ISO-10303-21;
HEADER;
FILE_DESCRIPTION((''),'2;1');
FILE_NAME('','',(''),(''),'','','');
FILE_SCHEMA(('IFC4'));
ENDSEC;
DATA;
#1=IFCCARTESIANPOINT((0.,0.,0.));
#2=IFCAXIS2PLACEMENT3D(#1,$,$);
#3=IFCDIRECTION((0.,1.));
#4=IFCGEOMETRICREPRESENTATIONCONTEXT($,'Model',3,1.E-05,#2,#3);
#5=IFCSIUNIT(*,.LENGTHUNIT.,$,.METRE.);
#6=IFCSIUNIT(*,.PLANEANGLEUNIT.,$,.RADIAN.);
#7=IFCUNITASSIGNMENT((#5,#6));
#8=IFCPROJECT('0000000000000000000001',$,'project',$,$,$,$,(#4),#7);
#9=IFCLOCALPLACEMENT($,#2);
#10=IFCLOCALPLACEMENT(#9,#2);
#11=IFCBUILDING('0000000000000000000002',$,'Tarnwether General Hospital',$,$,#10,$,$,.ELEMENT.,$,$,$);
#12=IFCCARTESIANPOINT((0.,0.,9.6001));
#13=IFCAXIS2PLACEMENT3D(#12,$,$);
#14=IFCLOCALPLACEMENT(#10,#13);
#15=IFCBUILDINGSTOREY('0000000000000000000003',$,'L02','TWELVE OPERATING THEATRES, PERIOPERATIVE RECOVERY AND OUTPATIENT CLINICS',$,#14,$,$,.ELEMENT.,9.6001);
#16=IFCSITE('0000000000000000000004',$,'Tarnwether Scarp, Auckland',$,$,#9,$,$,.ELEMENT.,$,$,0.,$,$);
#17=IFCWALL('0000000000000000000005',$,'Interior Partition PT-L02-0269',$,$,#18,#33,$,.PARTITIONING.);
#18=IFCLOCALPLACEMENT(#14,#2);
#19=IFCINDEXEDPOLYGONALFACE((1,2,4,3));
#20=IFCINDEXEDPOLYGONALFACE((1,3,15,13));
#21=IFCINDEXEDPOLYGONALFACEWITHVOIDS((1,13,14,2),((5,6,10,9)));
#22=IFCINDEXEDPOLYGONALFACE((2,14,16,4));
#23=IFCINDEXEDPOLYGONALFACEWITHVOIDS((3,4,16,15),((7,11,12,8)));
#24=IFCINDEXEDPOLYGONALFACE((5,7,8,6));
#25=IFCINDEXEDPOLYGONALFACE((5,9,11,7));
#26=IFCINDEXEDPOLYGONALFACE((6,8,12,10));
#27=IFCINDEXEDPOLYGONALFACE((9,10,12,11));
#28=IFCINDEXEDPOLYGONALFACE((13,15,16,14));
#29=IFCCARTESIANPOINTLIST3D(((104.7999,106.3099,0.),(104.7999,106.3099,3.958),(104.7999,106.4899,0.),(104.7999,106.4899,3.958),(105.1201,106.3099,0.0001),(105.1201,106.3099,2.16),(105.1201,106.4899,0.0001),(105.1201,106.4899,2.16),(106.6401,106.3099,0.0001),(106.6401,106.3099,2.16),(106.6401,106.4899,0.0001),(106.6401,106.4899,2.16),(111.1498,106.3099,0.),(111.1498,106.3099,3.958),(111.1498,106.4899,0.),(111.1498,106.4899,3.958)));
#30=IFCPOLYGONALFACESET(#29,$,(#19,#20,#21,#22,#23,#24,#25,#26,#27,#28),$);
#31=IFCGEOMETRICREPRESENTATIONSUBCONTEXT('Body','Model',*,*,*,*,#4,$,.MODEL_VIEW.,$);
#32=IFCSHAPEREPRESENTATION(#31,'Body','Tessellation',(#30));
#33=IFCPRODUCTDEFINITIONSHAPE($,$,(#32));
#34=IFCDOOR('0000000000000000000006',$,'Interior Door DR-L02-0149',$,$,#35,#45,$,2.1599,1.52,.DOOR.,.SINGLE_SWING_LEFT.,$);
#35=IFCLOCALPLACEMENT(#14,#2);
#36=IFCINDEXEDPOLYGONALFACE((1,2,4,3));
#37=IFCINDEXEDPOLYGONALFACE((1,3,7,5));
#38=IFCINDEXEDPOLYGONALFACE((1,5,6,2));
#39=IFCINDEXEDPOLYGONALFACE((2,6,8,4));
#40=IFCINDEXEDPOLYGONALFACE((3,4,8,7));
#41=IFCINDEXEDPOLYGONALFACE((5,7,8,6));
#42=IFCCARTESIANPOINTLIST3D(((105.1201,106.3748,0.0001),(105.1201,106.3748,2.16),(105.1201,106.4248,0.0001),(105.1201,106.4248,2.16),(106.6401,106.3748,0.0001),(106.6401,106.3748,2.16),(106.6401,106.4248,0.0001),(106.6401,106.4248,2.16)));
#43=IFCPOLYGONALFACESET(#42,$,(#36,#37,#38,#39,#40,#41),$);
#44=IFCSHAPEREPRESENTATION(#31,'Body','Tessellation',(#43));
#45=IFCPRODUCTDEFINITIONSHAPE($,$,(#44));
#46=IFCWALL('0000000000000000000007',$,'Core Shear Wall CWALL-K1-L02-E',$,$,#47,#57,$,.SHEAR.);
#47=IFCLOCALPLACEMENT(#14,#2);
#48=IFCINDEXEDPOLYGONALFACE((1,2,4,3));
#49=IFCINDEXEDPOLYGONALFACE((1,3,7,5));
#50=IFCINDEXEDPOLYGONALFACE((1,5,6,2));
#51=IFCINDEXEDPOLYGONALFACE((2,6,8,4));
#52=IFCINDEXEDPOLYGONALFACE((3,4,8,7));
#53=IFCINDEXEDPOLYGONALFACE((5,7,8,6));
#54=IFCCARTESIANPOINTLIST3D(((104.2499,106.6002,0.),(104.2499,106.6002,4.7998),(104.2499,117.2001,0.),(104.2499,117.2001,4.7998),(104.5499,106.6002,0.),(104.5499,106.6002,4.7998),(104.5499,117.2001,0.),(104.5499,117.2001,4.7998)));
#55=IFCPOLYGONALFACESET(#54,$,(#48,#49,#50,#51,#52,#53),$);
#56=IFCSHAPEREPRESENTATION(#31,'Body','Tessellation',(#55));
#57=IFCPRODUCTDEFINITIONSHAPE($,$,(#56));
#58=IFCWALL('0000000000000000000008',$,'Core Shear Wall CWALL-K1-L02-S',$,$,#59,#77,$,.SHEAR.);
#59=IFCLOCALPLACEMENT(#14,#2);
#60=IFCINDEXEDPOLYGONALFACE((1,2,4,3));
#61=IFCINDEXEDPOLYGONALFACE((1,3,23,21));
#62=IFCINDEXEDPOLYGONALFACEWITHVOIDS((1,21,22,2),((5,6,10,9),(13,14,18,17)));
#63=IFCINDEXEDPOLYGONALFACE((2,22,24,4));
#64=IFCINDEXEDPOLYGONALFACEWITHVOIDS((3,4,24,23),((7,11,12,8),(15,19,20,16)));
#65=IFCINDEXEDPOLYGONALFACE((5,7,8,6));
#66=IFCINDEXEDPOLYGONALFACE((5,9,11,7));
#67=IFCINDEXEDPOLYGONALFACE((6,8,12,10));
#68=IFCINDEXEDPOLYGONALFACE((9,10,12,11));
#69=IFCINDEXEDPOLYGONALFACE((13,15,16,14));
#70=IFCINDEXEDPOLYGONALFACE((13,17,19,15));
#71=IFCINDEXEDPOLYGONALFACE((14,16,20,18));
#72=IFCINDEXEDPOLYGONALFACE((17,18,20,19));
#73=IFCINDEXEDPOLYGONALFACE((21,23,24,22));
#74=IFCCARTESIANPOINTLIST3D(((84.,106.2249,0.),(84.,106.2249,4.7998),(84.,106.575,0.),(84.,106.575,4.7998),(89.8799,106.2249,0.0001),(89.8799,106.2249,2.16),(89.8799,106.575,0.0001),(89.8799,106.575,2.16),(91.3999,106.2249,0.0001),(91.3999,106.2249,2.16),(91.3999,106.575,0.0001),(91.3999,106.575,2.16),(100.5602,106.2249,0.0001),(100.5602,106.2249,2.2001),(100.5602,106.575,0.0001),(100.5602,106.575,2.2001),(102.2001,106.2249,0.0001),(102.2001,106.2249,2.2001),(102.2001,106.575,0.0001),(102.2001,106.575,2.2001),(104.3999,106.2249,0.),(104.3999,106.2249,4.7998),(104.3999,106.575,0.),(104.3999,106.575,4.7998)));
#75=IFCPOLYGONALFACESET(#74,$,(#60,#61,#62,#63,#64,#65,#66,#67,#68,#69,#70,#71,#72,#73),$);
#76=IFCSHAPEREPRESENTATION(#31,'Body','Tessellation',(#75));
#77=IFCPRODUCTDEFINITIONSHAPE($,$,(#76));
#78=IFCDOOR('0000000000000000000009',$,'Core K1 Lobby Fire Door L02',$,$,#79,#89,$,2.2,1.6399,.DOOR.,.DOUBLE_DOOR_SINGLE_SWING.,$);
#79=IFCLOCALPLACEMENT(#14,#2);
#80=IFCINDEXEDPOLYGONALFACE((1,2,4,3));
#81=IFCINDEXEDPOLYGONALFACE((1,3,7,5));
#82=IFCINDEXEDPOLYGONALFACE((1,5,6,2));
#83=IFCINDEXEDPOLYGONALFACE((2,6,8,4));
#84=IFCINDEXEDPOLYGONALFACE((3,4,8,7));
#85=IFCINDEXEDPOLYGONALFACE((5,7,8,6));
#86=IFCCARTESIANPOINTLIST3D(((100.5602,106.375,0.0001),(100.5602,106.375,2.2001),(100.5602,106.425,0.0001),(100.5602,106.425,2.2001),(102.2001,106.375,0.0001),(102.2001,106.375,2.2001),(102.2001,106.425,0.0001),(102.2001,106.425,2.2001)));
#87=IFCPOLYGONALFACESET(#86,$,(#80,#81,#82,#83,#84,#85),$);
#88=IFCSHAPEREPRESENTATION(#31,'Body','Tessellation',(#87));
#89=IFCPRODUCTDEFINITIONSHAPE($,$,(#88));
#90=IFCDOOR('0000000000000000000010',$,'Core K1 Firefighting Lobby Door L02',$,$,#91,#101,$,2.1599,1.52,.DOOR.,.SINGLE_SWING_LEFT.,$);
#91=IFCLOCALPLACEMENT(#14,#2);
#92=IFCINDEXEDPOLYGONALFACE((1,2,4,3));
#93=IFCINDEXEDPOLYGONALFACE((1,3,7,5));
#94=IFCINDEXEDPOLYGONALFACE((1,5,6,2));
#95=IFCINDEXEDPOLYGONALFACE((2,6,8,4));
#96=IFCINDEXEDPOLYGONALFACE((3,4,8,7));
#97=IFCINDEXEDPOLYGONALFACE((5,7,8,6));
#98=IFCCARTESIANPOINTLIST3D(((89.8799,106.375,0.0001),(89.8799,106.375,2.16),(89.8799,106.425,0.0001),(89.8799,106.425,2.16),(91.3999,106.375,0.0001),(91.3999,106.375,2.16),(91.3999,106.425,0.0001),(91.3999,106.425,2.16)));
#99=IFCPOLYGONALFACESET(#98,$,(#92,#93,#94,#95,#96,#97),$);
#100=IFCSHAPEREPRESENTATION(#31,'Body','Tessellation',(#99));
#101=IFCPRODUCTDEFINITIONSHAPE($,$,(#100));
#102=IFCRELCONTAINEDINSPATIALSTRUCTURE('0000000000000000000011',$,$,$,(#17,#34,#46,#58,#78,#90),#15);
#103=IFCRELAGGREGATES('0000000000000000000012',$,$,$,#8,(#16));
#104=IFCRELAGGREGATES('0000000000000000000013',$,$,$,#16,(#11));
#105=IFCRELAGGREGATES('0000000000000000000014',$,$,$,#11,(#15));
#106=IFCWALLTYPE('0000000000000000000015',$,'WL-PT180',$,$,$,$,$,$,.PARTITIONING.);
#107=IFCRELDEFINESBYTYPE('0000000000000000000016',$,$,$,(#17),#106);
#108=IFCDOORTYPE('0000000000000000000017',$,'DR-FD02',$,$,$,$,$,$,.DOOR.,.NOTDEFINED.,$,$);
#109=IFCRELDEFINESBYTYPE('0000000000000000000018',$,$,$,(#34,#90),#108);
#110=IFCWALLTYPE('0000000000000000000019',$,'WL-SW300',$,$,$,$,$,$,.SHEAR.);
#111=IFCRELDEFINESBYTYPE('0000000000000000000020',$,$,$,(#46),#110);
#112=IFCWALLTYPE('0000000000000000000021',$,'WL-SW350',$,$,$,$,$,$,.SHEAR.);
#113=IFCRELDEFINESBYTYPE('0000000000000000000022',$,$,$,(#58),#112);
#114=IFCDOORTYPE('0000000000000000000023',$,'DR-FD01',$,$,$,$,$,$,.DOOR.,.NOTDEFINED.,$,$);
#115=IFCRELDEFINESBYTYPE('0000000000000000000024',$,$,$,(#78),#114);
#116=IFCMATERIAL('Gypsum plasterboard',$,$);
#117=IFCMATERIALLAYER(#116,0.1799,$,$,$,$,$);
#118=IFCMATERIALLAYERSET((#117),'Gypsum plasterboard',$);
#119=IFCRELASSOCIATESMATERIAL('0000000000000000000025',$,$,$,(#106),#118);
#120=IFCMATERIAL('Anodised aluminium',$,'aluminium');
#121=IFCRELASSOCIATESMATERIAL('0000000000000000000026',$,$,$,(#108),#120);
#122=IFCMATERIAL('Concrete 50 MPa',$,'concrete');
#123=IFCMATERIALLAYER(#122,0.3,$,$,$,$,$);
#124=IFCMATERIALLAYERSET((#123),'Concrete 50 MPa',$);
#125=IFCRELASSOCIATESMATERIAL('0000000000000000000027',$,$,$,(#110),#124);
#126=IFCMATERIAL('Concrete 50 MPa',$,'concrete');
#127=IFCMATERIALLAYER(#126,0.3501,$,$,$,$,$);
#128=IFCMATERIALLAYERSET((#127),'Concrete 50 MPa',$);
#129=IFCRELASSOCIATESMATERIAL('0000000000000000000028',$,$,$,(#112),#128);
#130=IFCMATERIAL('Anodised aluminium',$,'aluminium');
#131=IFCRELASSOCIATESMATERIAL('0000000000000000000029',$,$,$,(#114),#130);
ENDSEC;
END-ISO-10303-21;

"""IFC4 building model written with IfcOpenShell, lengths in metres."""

from ifc_helpers import new_model, si_unit, direction, frame, frame_2d, origin, place, context, subcontext, project, spatial, rectangle, extrude, material, layer, layer_set, type_object, element, fill, save


model = new_model("IFC4")

# Units and contexts
model_context = context("Model", 3, precision=1e-05, world=origin(), true_north=direction((0.0, 1.0)))
body_context = subcontext(model_context, "Body", "Model", "MODEL_VIEW")
ifc_project = project(units=[si_unit("LENGTHUNIT", "METRE"), si_unit("PLANEANGLEUNIT", "RADIAN")], contexts=[model_context])

# Site, building, storey
site_placement = place(None, origin())
site = spatial("IfcSite", under=ifc_project, at=site_placement, Name="Tarnwether Scarp, Auckland", CompositionType="ELEMENT", RefElevation=0.0)
building_placement = place(site_placement, origin())
building = spatial("IfcBuilding", under=site, at=building_placement, Name="Tarnwether General Hospital", CompositionType="ELEMENT")
storey_placement = place(building_placement, frame((0.0, 0.0, 9.6001)))
storey = spatial("IfcBuildingStorey", under=building, at=storey_placement, Name="L02", Description="TWELVE OPERATING THEATRES, PERIOPERATIVE RECOVERY AND OUTPATIENT CLINICS", CompositionType="ELEMENT", Elevation=9.6001)

# Wall, opening, door
ifc_material_1 = material(Name="Gypsum plasterboard")
ifc_layer_1 = layer(ifc_material_1, 0.1799)
ifc_layer_set_1 = layer_set([ifc_layer_1], Name="Gypsum plasterboard")
wall_type_1 = type_object("IfcWallType", Name="WL-PT180", PredefinedType="PARTITIONING", material=ifc_layer_set_1)
wall_1_placement = place(storey_placement, frame((104.8, 106.3999, 0.0), z_axis=(0.0, 0.0, 1.0), x_axis=(1.0, 0.0, 0.0)))
wall_1 = element("IfcWall", 1, at=wall_1_placement, inside=storey, type_object=wall_type_1, Name="Interior Partition PT-L02-0269", PredefinedType="PARTITIONING", context=body_context, shape_type="SweptSolid", body=[
    extrude(rectangle(XDim=6.3499, YDim=0.1799, at=frame_2d((3.1748, 0.0))), origin(), (0.0, 0.0, 1.0), 3.958),
])
opening_1_placement = place(wall_1_placement, frame((0.3201, 0.0, 0.0)))
opening_1 = element("IfcOpeningElement", 2, at=opening_1_placement, cuts=wall_1, PredefinedType="OPENING", context=body_context, shape_type="SweptSolid", body=[
    extrude(rectangle(XDim=1.52, YDim=2.1599, at=frame_2d((0.76, 1.0801))), frame((0.0, 0.1001, 0.0), z_axis=(0.0, -1.0, 0.0), x_axis=(1.0, 0.0, 0.0)), (0.0, 0.0, 1.0), 0.2),
])
ifc_material_2 = material(Name="Anodised aluminium", Category="aluminium")
door_type_1 = type_object("IfcDoorType", Name="DR-FD02", OperationType="NOTDEFINED", PredefinedType="DOOR", material=ifc_material_2)
door_1_placement = place(opening_1_placement, origin())
door_1 = element("IfcDoor", 3, at=door_1_placement, inside=storey, type_object=door_type_1, Name="Interior Door DR-L02-0149", OperationType="SINGLE_SWING_LEFT", OverallHeight=2.1599, OverallWidth=1.52, PredefinedType="DOOR", context=body_context, shape_type="SweptSolid", body=[
    extrude(rectangle(XDim=1.52, YDim=2.1599, at=frame_2d((0.76, 1.0801))), frame((0.0, 0.0249, 0.0), z_axis=(0.0, -1.0, 0.0), x_axis=(1.0, 0.0, 0.0)), (0.0, 0.0, 1.0), 0.05),
])
fill(opening_1, door_1)

# Wall
ifc_material_3 = material(Name="Concrete 50 MPa", Category="concrete")
ifc_layer_2 = layer(ifc_material_3, 0.3)
ifc_layer_set_2 = layer_set([ifc_layer_2], Name="Concrete 50 MPa")
wall_type_2 = type_object("IfcWallType", Name="WL-SW300", PredefinedType="SHEAR", material=ifc_layer_set_2)
wall_2_placement = place(storey_placement, frame((104.3999, 117.2, 0.0), z_axis=(0.0, 0.0, 1.0), x_axis=(0.0, -1.0, 0.0)))
element("IfcWall", 4, at=wall_2_placement, inside=storey, type_object=wall_type_2, Name="Core Shear Wall CWALL-K1-L02-E", PredefinedType="SHEAR", context=body_context, shape_type="SweptSolid", body=[
    extrude(rectangle(XDim=10.5999, YDim=0.3, at=frame_2d((5.2998, 0.0))), origin(), (0.0, 0.0, 1.0), 4.7998),
])

# Wall, openings, doors
ifc_material_4 = material(Name="Concrete 50 MPa", Category="concrete")
ifc_layer_3 = layer(ifc_material_4, 0.3501)
ifc_layer_set_3 = layer_set([ifc_layer_3], Name="Concrete 50 MPa")
wall_type_3 = type_object("IfcWallType", Name="WL-SW350", PredefinedType="SHEAR", material=ifc_layer_set_3)
wall_3_placement = place(storey_placement, frame((104.3999, 106.3999, 0.0), z_axis=(0.0, 0.0, 1.0), x_axis=(-1.0, 0.0, 0.0)))
wall_3 = element("IfcWall", 5, at=wall_3_placement, inside=storey, type_object=wall_type_3, Name="Core Shear Wall CWALL-K1-L02-S", PredefinedType="SHEAR", context=body_context, shape_type="SweptSolid", body=[
    extrude(rectangle(XDim=20.3999, YDim=0.3501, at=frame_2d((10.2, 0.0))), origin(), (0.0, 0.0, 1.0), 4.7998),
])
opening_2_placement = place(wall_3_placement, frame((2.2, 0.0, 0.0)))
opening_2 = element("IfcOpeningElement", 6, at=opening_2_placement, cuts=wall_3, PredefinedType="OPENING", context=body_context, shape_type="SweptSolid", body=[
    extrude(rectangle(XDim=1.6399, YDim=2.2, at=frame_2d((0.8198, 1.1001))), frame((0.0, 0.1851, 0.0), z_axis=(0.0, -1.0, 0.0), x_axis=(1.0, 0.0, 0.0)), (0.0, 0.0, 1.0), 0.3701),
])
opening_3_placement = place(wall_3_placement, frame((13.0, 0.0, 0.0)))
opening_3 = element("IfcOpeningElement", 7, at=opening_3_placement, cuts=wall_3, PredefinedType="OPENING", context=body_context, shape_type="SweptSolid", body=[
    extrude(rectangle(XDim=1.52, YDim=2.1599, at=frame_2d((0.76, 1.0801))), frame((0.0, 0.1851, 0.0), z_axis=(0.0, -1.0, 0.0), x_axis=(1.0, 0.0, 0.0)), (0.0, 0.0, 1.0), 0.3701),
])
ifc_material_5 = material(Name="Anodised aluminium", Category="aluminium")
door_type_2 = type_object("IfcDoorType", Name="DR-FD01", OperationType="NOTDEFINED", PredefinedType="DOOR", material=ifc_material_5)
door_2_placement = place(opening_2_placement, origin())
door_2 = element("IfcDoor", 8, at=door_2_placement, inside=storey, type_object=door_type_2, Name="Core K1 Lobby Fire Door L02", OperationType="DOUBLE_DOOR_SINGLE_SWING", OverallHeight=2.2, OverallWidth=1.6399, PredefinedType="DOOR", context=body_context, shape_type="SweptSolid", body=[
    extrude(rectangle(XDim=1.6399, YDim=2.2, at=frame_2d((0.8198, 1.1001))), frame((0.0, 0.0249, 0.0), z_axis=(0.0, -1.0, 0.0), x_axis=(1.0, 0.0, 0.0)), (0.0, 0.0, 1.0), 0.05),
])
fill(opening_2, door_2)
door_3_placement = place(opening_3_placement, origin())
door_3 = element("IfcDoor", 9, at=door_3_placement, inside=storey, type_object=door_type_1, Name="Core K1 Firefighting Lobby Door L02", OperationType="SINGLE_SWING_LEFT", OverallHeight=2.1599, OverallWidth=1.52, PredefinedType="DOOR", context=body_context, shape_type="SweptSolid", body=[
    extrude(rectangle(XDim=1.52, YDim=2.1599, at=frame_2d((0.76, 1.0801))), frame((0.0, 0.0249, 0.0), z_axis=(0.0, -1.0, 0.0), x_axis=(1.0, 0.0, 0.0)), (0.0, 0.0, 1.0), 0.05),
])
fill(opening_3, door_3)

save(model, "model.ifc")
